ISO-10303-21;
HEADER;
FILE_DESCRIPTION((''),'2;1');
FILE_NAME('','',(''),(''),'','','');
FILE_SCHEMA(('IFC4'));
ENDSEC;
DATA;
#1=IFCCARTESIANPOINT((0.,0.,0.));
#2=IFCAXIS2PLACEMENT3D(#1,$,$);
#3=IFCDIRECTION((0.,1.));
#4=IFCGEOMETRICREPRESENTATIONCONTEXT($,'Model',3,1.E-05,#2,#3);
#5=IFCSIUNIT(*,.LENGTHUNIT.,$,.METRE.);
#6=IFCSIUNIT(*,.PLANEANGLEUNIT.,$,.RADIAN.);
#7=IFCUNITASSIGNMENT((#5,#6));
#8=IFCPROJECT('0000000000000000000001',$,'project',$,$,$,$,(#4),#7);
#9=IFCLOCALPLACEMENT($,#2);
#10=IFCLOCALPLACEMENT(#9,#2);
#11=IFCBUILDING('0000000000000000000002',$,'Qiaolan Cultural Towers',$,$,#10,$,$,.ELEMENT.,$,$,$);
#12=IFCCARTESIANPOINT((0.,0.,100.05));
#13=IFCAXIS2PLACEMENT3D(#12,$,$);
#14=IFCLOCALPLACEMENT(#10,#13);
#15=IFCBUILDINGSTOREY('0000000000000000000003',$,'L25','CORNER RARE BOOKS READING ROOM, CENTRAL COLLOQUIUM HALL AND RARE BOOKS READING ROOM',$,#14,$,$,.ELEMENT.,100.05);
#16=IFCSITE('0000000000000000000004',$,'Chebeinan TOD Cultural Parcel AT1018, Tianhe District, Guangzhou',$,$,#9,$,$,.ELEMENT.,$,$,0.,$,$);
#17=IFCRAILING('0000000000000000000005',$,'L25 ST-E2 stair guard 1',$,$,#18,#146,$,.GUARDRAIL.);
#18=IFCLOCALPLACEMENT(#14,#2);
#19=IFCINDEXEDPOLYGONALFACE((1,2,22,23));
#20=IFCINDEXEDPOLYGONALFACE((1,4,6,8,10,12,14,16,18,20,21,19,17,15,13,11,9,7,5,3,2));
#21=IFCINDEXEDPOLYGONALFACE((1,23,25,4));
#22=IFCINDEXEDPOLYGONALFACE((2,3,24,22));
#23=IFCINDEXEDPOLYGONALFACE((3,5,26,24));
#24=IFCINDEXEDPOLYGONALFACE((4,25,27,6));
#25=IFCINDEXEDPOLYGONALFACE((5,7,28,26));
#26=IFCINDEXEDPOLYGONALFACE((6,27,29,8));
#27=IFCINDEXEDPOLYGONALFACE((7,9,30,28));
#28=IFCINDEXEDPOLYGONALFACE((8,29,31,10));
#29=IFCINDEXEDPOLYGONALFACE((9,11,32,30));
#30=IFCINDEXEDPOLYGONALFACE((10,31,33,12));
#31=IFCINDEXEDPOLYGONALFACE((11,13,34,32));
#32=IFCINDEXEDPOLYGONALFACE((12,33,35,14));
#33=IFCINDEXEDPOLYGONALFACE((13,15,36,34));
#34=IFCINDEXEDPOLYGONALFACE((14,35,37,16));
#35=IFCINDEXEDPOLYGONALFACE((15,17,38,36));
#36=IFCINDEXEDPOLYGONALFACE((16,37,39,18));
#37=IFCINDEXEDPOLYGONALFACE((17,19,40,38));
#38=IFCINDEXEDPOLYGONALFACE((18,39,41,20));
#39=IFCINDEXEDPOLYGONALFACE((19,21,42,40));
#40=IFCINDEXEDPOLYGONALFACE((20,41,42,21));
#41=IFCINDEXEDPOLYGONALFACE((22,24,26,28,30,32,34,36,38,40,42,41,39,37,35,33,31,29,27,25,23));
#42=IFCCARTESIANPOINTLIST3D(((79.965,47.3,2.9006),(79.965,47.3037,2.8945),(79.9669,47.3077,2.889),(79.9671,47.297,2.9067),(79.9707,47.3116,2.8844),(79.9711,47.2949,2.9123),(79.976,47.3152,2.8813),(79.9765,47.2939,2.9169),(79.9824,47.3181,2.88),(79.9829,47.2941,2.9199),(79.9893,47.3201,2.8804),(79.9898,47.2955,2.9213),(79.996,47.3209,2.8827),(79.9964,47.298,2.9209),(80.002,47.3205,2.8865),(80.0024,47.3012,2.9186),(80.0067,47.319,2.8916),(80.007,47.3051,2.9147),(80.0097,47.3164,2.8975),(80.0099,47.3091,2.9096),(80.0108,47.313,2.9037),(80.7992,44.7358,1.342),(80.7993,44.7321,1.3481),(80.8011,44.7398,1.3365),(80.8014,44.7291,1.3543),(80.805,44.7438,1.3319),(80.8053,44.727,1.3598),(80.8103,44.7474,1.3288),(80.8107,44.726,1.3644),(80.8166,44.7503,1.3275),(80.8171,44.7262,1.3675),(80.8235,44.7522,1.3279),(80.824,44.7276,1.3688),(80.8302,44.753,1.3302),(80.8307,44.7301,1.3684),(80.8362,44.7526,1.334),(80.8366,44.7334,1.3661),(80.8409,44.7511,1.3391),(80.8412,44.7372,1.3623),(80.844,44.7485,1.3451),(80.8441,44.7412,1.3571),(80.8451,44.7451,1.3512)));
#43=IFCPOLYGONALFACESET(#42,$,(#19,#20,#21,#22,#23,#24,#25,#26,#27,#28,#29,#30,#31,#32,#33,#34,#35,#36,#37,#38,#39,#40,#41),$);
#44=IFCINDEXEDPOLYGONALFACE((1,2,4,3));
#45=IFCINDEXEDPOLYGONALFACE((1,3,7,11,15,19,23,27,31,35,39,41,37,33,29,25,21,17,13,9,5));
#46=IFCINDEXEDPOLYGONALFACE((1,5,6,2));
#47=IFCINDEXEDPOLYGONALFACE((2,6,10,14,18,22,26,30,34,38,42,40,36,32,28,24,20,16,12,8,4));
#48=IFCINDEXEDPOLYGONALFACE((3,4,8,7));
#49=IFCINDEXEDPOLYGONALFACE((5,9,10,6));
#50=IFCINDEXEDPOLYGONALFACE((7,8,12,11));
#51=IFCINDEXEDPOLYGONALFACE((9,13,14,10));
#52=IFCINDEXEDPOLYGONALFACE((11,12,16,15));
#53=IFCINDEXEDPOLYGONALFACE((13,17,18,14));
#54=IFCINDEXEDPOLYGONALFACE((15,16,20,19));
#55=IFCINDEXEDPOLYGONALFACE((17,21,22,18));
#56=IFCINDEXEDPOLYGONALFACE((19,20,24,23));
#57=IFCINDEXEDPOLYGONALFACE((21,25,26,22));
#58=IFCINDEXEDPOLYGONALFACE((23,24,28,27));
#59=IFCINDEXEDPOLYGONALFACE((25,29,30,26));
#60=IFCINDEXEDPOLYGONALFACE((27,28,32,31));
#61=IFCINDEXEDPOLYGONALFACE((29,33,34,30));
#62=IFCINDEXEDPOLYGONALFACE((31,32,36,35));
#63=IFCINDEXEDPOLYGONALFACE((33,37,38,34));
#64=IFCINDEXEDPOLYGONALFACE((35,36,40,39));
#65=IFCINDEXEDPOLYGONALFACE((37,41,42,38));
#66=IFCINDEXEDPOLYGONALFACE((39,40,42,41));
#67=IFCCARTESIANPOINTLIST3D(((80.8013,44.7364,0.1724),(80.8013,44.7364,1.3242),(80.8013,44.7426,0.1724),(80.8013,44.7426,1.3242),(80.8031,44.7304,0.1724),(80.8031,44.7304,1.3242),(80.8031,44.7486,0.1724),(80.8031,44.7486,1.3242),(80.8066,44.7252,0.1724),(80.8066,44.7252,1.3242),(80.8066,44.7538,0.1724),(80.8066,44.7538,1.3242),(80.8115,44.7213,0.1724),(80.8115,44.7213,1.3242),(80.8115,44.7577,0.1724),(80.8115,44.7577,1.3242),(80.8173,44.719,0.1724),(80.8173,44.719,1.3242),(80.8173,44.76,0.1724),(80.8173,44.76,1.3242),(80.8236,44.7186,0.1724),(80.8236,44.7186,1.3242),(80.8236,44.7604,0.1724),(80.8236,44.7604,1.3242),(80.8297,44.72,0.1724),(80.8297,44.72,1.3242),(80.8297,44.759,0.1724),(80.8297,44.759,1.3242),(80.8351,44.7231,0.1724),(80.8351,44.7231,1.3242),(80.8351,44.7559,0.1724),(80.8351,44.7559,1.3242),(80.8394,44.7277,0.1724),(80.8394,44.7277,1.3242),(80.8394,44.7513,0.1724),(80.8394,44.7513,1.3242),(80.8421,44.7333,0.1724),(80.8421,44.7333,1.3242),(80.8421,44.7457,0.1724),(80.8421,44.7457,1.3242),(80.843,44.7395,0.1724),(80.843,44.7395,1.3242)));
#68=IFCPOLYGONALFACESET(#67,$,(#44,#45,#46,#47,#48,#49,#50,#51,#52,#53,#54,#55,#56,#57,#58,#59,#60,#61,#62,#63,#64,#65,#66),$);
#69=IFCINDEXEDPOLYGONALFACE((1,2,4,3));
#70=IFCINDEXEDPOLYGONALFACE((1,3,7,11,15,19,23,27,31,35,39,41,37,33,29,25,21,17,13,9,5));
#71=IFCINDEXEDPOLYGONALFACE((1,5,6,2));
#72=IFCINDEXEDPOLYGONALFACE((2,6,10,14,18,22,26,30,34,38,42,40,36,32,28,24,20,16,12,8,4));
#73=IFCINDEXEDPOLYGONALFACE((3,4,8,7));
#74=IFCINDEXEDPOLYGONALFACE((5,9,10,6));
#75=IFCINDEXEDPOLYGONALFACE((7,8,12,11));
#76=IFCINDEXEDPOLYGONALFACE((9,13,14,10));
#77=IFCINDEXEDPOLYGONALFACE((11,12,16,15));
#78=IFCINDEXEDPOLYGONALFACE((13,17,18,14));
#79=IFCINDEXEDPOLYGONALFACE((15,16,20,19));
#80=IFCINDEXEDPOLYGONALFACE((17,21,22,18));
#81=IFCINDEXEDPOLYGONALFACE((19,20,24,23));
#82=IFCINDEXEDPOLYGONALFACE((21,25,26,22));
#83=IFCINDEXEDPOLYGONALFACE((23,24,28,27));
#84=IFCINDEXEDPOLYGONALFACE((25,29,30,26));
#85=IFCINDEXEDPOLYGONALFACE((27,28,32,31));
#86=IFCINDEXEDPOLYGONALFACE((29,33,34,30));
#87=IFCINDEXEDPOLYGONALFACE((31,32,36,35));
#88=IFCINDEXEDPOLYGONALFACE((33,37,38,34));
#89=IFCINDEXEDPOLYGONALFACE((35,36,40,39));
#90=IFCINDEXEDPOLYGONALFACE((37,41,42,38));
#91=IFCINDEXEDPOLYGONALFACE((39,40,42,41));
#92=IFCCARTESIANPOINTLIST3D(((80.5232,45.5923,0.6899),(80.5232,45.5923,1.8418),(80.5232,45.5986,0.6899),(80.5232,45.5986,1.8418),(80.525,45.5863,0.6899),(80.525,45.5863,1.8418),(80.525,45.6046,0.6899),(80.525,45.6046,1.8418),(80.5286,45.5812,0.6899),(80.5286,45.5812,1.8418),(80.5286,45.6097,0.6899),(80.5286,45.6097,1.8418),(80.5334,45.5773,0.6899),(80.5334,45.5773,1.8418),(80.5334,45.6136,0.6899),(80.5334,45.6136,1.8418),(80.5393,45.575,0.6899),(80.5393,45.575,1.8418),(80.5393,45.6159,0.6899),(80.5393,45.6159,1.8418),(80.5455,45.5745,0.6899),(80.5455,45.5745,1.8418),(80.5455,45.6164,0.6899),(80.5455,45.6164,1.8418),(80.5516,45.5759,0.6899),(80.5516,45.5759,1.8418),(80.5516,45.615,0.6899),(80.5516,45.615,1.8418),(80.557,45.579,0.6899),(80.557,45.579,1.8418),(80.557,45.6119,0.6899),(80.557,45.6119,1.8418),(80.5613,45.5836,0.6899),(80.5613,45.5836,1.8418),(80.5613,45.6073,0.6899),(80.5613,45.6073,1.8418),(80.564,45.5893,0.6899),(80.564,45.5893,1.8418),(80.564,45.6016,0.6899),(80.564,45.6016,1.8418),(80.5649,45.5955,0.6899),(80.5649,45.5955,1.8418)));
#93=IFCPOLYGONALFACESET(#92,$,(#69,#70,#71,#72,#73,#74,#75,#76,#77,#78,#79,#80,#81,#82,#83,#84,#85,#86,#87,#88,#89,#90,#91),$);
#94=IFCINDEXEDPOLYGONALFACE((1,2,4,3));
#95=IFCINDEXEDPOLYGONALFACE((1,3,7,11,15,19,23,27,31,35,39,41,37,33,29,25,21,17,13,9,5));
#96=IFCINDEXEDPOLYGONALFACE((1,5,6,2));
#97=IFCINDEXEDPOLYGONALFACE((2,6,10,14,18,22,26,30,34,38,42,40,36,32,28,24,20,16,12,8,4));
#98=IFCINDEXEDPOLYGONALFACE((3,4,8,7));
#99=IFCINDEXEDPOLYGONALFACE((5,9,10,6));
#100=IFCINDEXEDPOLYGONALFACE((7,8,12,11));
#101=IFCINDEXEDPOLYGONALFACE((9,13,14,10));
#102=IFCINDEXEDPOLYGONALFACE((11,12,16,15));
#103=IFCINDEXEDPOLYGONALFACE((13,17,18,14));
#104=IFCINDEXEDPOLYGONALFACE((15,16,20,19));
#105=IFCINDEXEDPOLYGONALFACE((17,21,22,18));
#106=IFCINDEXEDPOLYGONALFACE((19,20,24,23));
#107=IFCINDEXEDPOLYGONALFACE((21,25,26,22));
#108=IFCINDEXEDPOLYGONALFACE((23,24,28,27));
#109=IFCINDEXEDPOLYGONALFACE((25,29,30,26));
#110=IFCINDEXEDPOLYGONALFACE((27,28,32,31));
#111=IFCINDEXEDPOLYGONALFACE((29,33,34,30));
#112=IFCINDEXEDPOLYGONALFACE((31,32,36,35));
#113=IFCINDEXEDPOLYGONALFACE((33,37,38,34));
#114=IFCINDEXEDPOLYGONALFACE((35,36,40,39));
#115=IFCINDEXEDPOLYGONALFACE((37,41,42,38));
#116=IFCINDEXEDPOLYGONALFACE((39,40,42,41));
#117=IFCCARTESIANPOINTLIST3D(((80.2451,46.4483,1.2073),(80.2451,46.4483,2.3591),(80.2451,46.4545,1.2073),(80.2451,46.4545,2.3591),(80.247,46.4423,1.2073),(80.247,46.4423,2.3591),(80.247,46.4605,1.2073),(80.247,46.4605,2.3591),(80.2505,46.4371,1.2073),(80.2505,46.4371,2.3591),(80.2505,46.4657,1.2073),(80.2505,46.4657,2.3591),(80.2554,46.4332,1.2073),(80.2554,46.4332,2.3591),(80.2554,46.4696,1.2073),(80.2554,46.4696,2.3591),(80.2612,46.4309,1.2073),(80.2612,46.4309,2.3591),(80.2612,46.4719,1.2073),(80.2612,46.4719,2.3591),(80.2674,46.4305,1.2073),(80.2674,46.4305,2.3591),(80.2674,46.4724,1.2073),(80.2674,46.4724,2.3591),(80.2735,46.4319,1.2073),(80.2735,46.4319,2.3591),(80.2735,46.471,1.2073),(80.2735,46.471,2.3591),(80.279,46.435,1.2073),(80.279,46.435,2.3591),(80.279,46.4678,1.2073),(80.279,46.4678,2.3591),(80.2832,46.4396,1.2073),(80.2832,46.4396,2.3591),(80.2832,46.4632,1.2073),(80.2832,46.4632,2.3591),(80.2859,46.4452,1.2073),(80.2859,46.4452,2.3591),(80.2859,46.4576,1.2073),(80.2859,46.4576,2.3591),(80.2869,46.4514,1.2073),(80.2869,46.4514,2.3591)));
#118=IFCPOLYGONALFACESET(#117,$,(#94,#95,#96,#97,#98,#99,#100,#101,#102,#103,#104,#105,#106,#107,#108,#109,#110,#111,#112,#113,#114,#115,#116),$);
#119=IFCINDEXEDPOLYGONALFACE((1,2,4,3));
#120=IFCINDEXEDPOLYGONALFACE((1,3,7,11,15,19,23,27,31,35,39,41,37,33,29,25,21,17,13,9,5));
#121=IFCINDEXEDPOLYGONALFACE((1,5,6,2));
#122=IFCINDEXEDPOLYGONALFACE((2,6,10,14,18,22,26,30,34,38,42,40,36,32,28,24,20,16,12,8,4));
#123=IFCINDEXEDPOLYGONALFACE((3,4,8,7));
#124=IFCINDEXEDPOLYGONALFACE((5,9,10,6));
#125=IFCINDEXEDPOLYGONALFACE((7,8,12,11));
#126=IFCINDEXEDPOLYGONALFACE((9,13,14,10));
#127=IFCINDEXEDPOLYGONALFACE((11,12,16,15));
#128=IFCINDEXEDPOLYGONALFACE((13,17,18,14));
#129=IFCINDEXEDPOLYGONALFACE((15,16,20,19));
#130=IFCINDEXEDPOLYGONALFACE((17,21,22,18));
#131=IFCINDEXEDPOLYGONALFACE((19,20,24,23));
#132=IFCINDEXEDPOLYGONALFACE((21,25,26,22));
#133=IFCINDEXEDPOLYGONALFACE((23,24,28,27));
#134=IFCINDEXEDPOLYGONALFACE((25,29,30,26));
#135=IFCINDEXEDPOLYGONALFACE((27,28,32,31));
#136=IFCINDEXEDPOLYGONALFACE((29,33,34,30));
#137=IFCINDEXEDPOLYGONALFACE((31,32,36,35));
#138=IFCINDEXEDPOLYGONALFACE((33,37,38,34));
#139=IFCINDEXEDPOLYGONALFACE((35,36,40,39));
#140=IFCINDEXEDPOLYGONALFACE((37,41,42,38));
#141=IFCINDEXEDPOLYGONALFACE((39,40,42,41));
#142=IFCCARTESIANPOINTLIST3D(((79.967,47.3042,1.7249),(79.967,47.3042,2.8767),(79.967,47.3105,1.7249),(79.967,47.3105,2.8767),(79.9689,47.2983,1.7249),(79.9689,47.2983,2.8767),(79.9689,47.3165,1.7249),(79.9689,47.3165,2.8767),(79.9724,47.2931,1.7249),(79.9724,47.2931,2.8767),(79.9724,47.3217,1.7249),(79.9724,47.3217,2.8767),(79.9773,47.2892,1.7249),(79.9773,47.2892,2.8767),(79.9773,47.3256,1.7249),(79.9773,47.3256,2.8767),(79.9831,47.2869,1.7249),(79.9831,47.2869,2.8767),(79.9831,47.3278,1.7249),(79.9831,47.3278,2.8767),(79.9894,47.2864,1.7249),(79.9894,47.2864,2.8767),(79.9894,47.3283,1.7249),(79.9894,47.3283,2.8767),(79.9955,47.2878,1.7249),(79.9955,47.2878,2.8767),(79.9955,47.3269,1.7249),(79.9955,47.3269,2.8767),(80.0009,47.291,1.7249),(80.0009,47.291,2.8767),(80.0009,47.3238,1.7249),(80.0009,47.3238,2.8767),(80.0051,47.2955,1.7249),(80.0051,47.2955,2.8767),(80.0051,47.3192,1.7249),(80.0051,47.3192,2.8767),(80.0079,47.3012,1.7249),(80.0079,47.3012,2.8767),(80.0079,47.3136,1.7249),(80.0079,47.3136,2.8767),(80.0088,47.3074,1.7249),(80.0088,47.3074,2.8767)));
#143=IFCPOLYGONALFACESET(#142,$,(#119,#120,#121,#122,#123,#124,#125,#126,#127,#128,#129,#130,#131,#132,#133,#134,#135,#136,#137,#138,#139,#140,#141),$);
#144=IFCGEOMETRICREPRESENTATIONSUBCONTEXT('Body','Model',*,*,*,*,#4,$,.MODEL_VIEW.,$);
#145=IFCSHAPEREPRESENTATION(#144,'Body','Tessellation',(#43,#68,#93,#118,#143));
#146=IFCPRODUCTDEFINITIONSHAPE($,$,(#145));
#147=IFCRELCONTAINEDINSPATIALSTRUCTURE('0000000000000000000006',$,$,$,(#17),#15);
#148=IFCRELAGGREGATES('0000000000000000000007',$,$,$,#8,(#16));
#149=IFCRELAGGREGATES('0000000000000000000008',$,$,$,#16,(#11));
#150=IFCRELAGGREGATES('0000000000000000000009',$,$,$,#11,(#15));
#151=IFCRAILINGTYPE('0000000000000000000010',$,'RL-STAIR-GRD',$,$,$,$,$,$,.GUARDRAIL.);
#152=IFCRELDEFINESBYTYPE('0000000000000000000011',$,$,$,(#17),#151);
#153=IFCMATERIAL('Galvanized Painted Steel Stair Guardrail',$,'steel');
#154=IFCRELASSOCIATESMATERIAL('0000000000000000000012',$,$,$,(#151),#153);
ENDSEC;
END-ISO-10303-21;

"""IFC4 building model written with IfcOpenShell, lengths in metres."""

from ifc_helpers import new_model, si_unit, direction, frame, origin, origin_2d, place, context, subcontext, project, spatial, circle, extrude, material, type_object, element, save


model = new_model("IFC4")

# Units and contexts
model_context = context("Model", 3, precision=1e-05, world=origin(), true_north=direction((0.0, 1.0)))
body_context = subcontext(model_context, "Body", "Model", "MODEL_VIEW")
ifc_project = project(units=[si_unit("LENGTHUNIT", "METRE"), si_unit("PLANEANGLEUNIT", "RADIAN")], contexts=[model_context])

# Site, building, storey
site_placement = place(None, origin())
site = spatial("IfcSite", under=ifc_project, at=site_placement, Name="Chebeinan TOD Cultural Parcel AT1018, Tianhe District, Guangzhou", CompositionType="ELEMENT", RefElevation=0.0)
building_placement = place(site_placement, origin())
building = spatial("IfcBuilding", under=site, at=building_placement, Name="Qiaolan Cultural Towers", CompositionType="ELEMENT")
storey_placement = place(building_placement, frame((0.0, 0.0, 100.05)))
storey = spatial("IfcBuildingStorey", under=building, at=storey_placement, Name="L25", Description="CORNER RARE BOOKS READING ROOM, CENTRAL COLLOQUIUM HALL AND RARE BOOKS READING ROOM", CompositionType="ELEMENT", Elevation=100.05)

# Railing
ifc_material_1 = material(Name="Galvanized Painted Steel Stair Guardrail", Category="steel")
railing_type_1 = type_object("IfcRailingType", Name="RL-STAIR-GRD", PredefinedType="GUARDRAIL", material=ifc_material_1)
railing_1_placement = place(storey_placement, frame((80.822, 44.7395, 0.1724)))
element("IfcRailing", 1, at=railing_1_placement, inside=storey, type_object=railing_type_1, Name="L25 ST-E2 stair guard 1", PredefinedType="GUARDRAIL", context=body_context, shape_type="SweptSolid", body=[
    extrude(circle(Radius=0.0239, at=origin_2d()), frame((0.0, 0.0, 1.1758), z_axis=(-0.267853, 0.824488, 0.498471), x_axis=(-0.95107, -0.308976, 0.0)), (0.0, 0.0, 1.0), 3.1145),
    extrude(circle(Radius=0.021, at=origin_2d()), origin(), (0.0, 0.0, 1.0), 1.1519),
    extrude(circle(Radius=0.021, at=origin_2d()), frame((-0.2781, 0.856, 0.5176)), (0.0, 0.0, 1.0), 1.1519),
    extrude(circle(Radius=0.021, at=origin_2d()), frame((-0.5562, 1.7119, 1.0349)), (0.0, 0.0, 1.0), 1.1519),
    extrude(circle(Radius=0.021, at=origin_2d()), frame((-0.8342, 2.5679, 1.5525)), (0.0, 0.0, 1.0), 1.1519),
])

save(model, "model.ifc")
